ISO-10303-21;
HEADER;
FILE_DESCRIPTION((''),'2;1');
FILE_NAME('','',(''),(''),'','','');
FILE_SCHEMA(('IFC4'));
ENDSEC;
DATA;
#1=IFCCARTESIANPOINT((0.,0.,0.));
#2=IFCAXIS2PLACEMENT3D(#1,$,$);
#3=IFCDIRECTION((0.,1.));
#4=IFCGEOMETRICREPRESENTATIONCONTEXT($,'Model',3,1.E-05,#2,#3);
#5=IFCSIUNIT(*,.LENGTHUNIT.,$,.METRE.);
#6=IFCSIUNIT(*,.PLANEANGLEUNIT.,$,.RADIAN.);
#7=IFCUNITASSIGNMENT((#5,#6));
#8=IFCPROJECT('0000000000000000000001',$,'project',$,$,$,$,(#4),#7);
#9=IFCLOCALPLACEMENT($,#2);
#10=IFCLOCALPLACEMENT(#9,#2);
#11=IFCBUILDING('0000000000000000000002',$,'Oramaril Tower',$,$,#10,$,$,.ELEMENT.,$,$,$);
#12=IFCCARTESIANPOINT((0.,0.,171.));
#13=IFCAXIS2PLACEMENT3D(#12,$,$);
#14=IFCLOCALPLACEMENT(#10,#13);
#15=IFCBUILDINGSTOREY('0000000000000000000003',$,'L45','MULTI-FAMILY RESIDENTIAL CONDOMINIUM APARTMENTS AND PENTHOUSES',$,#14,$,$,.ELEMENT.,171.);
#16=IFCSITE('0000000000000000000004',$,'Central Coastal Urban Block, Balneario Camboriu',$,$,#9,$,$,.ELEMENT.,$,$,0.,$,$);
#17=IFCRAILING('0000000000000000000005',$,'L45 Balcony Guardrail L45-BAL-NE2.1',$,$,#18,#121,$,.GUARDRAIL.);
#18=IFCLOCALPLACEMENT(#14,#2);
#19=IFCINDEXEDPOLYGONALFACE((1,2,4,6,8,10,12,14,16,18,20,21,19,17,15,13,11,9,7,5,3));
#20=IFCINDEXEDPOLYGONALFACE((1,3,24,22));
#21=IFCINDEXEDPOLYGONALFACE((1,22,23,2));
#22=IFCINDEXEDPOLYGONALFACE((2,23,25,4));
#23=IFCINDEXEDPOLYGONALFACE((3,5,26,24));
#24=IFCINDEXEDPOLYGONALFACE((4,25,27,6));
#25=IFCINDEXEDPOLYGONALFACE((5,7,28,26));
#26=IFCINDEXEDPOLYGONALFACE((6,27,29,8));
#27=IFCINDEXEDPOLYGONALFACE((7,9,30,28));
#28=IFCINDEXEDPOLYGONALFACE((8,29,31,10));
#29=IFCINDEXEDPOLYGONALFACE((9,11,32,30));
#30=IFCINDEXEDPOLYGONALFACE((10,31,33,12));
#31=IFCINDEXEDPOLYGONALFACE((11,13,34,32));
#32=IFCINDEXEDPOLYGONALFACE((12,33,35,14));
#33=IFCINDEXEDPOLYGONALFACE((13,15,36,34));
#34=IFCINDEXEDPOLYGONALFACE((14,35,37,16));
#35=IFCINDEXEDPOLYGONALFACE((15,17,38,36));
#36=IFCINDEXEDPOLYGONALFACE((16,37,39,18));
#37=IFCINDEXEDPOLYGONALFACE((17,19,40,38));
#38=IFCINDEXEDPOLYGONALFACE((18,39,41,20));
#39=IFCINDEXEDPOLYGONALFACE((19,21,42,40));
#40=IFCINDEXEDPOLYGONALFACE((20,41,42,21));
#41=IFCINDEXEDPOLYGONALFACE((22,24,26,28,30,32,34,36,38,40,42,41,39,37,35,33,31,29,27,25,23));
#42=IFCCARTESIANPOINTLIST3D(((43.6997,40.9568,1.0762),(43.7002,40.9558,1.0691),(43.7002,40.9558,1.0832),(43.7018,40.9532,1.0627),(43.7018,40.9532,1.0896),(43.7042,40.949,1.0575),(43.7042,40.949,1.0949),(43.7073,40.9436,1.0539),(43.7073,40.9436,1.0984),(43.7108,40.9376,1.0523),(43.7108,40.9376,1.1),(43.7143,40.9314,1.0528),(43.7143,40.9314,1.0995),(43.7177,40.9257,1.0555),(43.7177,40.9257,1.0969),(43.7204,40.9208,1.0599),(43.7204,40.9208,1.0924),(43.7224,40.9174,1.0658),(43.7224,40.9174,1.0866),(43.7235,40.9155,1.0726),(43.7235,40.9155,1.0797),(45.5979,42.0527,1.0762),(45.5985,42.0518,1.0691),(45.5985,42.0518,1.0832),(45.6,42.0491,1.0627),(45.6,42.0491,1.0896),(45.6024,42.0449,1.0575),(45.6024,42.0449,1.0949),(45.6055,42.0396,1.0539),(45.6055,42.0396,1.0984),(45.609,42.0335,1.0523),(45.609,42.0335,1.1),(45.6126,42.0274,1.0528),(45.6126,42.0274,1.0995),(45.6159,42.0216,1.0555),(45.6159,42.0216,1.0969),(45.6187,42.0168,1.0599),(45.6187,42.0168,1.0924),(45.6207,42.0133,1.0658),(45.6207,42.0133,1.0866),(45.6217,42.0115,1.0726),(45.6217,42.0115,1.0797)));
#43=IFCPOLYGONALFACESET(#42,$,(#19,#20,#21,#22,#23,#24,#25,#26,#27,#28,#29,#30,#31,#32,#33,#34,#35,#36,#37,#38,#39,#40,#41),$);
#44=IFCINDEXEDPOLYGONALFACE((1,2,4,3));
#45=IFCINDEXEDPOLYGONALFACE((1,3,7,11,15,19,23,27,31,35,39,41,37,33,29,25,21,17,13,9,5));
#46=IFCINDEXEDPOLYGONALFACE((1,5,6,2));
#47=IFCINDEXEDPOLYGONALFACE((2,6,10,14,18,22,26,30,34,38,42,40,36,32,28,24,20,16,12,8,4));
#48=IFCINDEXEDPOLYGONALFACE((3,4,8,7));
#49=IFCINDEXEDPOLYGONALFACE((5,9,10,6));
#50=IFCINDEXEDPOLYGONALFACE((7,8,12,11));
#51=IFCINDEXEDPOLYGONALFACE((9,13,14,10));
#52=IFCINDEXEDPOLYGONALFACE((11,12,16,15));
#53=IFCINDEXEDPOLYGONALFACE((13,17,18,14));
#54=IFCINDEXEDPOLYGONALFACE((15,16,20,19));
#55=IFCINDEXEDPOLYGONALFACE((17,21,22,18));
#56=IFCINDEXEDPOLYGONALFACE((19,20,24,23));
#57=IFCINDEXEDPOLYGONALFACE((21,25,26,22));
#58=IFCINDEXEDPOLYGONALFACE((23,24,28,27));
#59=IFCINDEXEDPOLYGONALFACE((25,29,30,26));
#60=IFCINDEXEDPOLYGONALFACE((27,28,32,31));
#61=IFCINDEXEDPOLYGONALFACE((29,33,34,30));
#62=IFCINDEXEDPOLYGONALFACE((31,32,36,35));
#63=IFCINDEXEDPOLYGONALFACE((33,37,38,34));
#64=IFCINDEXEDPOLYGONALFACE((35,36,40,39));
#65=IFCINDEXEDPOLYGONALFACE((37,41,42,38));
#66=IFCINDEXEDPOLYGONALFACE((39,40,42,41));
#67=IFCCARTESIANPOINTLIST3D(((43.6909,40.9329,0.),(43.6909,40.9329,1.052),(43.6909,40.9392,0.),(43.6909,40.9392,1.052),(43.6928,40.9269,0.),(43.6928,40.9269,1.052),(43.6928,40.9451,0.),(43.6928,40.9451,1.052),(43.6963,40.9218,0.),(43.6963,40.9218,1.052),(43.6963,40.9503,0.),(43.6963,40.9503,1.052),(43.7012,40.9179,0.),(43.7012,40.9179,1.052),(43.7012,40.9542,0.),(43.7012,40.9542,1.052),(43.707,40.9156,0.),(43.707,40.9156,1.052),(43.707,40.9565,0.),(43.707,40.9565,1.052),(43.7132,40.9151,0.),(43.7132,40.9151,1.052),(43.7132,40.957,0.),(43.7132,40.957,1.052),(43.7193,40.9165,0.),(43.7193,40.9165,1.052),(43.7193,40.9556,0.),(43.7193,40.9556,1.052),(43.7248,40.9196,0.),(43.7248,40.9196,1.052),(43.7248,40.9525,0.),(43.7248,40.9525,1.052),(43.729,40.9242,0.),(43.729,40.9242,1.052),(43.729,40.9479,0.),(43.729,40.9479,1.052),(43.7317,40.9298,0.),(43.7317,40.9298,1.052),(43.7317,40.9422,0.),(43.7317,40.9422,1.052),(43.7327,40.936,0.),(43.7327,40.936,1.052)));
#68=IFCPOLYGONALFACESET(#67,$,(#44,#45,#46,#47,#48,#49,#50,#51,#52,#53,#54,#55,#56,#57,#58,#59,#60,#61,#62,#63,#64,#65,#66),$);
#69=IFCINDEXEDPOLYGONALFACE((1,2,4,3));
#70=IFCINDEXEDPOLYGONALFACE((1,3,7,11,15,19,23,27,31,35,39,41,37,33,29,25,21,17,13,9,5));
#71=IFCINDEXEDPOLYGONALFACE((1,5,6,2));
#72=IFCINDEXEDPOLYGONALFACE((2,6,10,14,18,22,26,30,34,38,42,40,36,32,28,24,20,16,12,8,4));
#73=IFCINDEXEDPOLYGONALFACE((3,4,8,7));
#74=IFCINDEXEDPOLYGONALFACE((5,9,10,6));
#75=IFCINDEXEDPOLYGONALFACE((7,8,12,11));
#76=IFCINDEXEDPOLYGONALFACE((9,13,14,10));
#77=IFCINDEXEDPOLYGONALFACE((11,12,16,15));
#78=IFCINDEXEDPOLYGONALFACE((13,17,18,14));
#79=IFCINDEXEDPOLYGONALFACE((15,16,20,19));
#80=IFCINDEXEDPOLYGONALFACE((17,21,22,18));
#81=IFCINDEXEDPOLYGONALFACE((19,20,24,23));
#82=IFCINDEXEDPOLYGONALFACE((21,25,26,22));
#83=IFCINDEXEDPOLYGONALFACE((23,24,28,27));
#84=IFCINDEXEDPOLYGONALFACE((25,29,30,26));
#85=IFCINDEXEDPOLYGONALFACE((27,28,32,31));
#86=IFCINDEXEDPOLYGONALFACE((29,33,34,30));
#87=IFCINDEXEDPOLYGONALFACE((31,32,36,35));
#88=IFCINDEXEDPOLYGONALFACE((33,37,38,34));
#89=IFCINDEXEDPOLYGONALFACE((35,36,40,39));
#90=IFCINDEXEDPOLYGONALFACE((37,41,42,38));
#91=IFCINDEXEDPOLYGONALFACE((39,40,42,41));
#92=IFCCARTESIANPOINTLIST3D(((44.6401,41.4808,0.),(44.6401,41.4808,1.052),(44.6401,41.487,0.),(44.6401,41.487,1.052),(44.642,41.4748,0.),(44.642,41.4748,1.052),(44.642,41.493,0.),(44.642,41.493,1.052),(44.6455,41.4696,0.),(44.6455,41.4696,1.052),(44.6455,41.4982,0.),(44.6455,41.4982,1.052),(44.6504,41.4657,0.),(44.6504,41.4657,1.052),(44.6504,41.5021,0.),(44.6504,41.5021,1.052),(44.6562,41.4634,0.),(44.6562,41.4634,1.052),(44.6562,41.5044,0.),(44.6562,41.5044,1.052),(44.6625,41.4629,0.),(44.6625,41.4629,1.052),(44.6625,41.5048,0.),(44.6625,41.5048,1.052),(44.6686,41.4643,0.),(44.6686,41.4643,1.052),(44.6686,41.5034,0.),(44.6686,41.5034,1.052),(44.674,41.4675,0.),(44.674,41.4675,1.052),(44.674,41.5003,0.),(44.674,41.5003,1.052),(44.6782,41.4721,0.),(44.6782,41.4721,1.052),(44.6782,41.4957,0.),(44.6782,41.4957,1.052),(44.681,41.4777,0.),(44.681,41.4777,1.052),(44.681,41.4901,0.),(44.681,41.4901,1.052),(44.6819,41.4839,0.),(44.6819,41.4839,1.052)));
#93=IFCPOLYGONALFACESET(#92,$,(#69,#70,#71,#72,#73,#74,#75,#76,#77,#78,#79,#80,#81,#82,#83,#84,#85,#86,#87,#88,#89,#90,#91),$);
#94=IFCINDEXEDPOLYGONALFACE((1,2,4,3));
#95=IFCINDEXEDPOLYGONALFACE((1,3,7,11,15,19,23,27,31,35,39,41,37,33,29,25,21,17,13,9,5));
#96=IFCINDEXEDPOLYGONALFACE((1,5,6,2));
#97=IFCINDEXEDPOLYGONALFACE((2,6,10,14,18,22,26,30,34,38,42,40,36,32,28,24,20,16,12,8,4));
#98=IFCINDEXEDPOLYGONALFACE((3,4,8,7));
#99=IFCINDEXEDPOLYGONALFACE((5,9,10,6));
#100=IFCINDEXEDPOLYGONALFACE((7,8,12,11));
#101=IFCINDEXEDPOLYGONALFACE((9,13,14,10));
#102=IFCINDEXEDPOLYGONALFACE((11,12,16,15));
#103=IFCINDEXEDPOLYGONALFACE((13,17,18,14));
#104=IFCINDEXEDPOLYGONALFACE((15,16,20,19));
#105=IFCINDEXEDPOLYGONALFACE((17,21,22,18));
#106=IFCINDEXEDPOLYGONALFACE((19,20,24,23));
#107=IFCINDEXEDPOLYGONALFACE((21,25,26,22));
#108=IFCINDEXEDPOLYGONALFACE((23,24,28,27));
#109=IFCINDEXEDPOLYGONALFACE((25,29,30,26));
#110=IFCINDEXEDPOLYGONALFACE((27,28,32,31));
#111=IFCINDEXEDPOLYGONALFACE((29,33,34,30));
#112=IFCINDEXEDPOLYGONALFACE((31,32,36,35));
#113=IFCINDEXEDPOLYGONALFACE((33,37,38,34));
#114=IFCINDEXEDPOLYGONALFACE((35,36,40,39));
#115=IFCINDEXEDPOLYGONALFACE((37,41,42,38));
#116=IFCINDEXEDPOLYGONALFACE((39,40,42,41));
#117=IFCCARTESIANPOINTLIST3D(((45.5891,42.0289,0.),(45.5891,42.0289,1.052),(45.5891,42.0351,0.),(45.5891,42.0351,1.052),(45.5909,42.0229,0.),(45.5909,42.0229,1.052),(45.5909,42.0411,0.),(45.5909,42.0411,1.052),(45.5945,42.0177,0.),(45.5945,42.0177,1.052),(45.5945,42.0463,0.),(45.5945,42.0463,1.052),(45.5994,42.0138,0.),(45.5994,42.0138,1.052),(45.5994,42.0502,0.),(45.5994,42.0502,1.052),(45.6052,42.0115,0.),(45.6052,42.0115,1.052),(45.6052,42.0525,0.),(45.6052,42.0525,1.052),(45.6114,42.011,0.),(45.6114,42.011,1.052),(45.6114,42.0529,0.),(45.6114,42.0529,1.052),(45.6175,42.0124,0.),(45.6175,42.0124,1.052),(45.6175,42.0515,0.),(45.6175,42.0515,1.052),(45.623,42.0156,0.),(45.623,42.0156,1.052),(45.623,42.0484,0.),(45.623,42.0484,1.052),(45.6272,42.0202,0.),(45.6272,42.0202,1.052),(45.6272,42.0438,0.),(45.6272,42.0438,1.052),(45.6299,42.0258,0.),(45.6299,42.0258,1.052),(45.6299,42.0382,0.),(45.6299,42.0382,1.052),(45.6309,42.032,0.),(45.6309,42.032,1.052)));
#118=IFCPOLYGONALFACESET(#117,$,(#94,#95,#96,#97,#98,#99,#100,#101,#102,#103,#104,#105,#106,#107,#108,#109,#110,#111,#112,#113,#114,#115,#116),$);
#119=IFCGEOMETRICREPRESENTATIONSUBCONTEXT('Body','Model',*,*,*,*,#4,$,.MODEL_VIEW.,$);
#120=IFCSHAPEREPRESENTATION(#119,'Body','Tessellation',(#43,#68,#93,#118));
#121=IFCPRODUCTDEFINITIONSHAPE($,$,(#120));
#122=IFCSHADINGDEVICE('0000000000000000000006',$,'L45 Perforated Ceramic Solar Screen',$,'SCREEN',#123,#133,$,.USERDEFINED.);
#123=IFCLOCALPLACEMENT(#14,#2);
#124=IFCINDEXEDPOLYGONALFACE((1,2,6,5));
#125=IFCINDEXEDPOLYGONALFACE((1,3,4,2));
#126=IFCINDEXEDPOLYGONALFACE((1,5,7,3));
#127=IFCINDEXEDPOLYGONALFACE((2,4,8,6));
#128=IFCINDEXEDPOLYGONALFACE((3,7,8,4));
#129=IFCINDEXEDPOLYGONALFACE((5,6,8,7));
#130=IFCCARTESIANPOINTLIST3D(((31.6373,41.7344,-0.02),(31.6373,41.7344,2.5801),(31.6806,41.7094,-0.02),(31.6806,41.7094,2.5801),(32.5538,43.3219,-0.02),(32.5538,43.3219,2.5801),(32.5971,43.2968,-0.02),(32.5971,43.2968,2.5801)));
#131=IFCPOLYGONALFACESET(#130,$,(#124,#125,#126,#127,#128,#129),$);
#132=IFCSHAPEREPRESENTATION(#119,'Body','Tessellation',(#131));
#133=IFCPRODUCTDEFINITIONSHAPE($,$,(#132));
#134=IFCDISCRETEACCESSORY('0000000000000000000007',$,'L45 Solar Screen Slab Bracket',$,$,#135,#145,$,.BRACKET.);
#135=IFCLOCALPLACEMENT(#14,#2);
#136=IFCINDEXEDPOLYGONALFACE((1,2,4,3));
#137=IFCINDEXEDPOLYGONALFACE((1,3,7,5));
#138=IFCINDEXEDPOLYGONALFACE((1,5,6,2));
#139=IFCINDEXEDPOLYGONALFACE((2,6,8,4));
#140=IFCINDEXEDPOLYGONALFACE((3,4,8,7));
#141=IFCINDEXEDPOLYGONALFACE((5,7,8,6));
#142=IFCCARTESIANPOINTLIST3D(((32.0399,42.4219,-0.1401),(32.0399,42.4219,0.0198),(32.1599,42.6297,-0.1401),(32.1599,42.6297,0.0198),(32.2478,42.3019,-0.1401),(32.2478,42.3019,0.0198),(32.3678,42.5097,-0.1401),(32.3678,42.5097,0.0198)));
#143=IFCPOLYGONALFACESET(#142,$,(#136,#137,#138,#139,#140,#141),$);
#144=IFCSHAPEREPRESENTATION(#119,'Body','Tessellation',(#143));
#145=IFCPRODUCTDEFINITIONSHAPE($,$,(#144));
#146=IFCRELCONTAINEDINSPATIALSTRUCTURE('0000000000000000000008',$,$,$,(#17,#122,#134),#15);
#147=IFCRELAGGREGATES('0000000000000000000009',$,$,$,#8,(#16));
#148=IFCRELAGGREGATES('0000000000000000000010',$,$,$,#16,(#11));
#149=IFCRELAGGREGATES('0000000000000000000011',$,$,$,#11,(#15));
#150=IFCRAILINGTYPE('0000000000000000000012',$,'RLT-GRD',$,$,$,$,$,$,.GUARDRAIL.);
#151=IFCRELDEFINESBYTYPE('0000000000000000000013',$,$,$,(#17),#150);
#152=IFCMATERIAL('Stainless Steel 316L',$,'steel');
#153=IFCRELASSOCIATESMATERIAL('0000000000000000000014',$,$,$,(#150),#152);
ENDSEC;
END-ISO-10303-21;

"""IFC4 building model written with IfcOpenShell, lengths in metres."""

from ifc_helpers import new_model, si_unit, direction, frame, origin, origin_2d, place, context, subcontext, project, spatial, rectangle, circle, extrude, material, type_object, element, save


model = new_model("IFC4")

# Units and contexts
model_context = context("Model", 3, precision=1e-05, world=origin(), true_north=direction((0.0, 1.0)))
body_context = subcontext(model_context, "Body", "Model", "MODEL_VIEW")
ifc_project = project(units=[si_unit("LENGTHUNIT", "METRE"), si_unit("PLANEANGLEUNIT", "RADIAN")], contexts=[model_context])

# Site, building, storey
site_placement = place(None, origin())
site = spatial("IfcSite", under=ifc_project, at=site_placement, Name="Central Coastal Urban Block, Balneario Camboriu", CompositionType="ELEMENT", RefElevation=0.0)
building_placement = place(site_placement, origin())
building = spatial("IfcBuilding", under=site, at=building_placement, Name="Oramaril Tower", CompositionType="ELEMENT")
storey_placement = place(building_placement, frame((0.0, 0.0, 171.0)))
storey = spatial("IfcBuildingStorey", under=building, at=storey_placement, Name="L45", Description="MULTI-FAMILY RESIDENTIAL CONDOMINIUM APARTMENTS AND PENTHOUSES", CompositionType="ELEMENT", Elevation=171.0)

# Railing
ifc_material_1 = material(Name="Stainless Steel 316L", Category="steel")
railing_type = type_object("IfcRailingType", Name="RLT-GRD", PredefinedType="GUARDRAIL", material=ifc_material_1)
railing_placement = place(storey_placement, frame((43.7117, 40.936, 0.0)))
element("IfcRailing", 1, at=railing_placement, inside=storey, type_object=railing_type, Name="L45 Balcony Guardrail L45-BAL-NE2.1", PredefinedType="GUARDRAIL", context=body_context, shape_type="SweptSolid", body=[
    extrude(circle(Radius=0.0239, at=origin_2d()), frame((0.0, 0.0, 1.0762), z_axis=(0.866021, 0.500008, 0.0), x_axis=(-0.500008, 0.866021, 0.0)), (0.0, 0.0, 1.0), 2.1919),
    extrude(circle(Radius=0.021, at=origin_2d()), origin(), (0.0, 0.0, 1.0), 1.052),
    extrude(circle(Radius=0.021, at=origin_2d()), frame((0.9492, 0.5479, 0.0)), (0.0, 0.0, 1.0), 1.052),
    extrude(circle(Radius=0.021, at=origin_2d()), frame((1.8982, 1.0959, 0.0)), (0.0, 0.0, 1.0), 1.052),
])

# Shading device
shading_device_placement = place(storey_placement, frame((32.1172, 42.5156, -0.02), z_axis=(0.0, 0.0, 1.0), x_axis=(-0.5, -0.866025, 0.0)))
element("IfcShadingDevice", 2, at=shading_device_placement, inside=storey, Name="L45 Perforated Ceramic Solar Screen", ObjectType="SCREEN", PredefinedType="USERDEFINED", context=body_context, shape_type="SweptSolid", body=[
    extrude(rectangle(XDim=1.833, YDim=0.05, at=origin_2d()), origin(), (0.0, 0.0, 1.0), 2.6001),
])

# Discrete accessory
discrete_accessory_placement = place(storey_placement, frame((32.2039, 42.4658, -0.1401), z_axis=(0.0, 0.0, 1.0), x_axis=(-0.5, -0.866025, 0.0)))
element("IfcDiscreteAccessory", 3, at=discrete_accessory_placement, inside=storey, Name="L45 Solar Screen Slab Bracket", PredefinedType="BRACKET", context=body_context, shape_type="SweptSolid", body=[
    extrude(rectangle(XDim=0.24, YDim=0.24, at=origin_2d()), origin(), (0.0, 0.0, 1.0), 0.1599),
])

save(model, "model.ifc")
